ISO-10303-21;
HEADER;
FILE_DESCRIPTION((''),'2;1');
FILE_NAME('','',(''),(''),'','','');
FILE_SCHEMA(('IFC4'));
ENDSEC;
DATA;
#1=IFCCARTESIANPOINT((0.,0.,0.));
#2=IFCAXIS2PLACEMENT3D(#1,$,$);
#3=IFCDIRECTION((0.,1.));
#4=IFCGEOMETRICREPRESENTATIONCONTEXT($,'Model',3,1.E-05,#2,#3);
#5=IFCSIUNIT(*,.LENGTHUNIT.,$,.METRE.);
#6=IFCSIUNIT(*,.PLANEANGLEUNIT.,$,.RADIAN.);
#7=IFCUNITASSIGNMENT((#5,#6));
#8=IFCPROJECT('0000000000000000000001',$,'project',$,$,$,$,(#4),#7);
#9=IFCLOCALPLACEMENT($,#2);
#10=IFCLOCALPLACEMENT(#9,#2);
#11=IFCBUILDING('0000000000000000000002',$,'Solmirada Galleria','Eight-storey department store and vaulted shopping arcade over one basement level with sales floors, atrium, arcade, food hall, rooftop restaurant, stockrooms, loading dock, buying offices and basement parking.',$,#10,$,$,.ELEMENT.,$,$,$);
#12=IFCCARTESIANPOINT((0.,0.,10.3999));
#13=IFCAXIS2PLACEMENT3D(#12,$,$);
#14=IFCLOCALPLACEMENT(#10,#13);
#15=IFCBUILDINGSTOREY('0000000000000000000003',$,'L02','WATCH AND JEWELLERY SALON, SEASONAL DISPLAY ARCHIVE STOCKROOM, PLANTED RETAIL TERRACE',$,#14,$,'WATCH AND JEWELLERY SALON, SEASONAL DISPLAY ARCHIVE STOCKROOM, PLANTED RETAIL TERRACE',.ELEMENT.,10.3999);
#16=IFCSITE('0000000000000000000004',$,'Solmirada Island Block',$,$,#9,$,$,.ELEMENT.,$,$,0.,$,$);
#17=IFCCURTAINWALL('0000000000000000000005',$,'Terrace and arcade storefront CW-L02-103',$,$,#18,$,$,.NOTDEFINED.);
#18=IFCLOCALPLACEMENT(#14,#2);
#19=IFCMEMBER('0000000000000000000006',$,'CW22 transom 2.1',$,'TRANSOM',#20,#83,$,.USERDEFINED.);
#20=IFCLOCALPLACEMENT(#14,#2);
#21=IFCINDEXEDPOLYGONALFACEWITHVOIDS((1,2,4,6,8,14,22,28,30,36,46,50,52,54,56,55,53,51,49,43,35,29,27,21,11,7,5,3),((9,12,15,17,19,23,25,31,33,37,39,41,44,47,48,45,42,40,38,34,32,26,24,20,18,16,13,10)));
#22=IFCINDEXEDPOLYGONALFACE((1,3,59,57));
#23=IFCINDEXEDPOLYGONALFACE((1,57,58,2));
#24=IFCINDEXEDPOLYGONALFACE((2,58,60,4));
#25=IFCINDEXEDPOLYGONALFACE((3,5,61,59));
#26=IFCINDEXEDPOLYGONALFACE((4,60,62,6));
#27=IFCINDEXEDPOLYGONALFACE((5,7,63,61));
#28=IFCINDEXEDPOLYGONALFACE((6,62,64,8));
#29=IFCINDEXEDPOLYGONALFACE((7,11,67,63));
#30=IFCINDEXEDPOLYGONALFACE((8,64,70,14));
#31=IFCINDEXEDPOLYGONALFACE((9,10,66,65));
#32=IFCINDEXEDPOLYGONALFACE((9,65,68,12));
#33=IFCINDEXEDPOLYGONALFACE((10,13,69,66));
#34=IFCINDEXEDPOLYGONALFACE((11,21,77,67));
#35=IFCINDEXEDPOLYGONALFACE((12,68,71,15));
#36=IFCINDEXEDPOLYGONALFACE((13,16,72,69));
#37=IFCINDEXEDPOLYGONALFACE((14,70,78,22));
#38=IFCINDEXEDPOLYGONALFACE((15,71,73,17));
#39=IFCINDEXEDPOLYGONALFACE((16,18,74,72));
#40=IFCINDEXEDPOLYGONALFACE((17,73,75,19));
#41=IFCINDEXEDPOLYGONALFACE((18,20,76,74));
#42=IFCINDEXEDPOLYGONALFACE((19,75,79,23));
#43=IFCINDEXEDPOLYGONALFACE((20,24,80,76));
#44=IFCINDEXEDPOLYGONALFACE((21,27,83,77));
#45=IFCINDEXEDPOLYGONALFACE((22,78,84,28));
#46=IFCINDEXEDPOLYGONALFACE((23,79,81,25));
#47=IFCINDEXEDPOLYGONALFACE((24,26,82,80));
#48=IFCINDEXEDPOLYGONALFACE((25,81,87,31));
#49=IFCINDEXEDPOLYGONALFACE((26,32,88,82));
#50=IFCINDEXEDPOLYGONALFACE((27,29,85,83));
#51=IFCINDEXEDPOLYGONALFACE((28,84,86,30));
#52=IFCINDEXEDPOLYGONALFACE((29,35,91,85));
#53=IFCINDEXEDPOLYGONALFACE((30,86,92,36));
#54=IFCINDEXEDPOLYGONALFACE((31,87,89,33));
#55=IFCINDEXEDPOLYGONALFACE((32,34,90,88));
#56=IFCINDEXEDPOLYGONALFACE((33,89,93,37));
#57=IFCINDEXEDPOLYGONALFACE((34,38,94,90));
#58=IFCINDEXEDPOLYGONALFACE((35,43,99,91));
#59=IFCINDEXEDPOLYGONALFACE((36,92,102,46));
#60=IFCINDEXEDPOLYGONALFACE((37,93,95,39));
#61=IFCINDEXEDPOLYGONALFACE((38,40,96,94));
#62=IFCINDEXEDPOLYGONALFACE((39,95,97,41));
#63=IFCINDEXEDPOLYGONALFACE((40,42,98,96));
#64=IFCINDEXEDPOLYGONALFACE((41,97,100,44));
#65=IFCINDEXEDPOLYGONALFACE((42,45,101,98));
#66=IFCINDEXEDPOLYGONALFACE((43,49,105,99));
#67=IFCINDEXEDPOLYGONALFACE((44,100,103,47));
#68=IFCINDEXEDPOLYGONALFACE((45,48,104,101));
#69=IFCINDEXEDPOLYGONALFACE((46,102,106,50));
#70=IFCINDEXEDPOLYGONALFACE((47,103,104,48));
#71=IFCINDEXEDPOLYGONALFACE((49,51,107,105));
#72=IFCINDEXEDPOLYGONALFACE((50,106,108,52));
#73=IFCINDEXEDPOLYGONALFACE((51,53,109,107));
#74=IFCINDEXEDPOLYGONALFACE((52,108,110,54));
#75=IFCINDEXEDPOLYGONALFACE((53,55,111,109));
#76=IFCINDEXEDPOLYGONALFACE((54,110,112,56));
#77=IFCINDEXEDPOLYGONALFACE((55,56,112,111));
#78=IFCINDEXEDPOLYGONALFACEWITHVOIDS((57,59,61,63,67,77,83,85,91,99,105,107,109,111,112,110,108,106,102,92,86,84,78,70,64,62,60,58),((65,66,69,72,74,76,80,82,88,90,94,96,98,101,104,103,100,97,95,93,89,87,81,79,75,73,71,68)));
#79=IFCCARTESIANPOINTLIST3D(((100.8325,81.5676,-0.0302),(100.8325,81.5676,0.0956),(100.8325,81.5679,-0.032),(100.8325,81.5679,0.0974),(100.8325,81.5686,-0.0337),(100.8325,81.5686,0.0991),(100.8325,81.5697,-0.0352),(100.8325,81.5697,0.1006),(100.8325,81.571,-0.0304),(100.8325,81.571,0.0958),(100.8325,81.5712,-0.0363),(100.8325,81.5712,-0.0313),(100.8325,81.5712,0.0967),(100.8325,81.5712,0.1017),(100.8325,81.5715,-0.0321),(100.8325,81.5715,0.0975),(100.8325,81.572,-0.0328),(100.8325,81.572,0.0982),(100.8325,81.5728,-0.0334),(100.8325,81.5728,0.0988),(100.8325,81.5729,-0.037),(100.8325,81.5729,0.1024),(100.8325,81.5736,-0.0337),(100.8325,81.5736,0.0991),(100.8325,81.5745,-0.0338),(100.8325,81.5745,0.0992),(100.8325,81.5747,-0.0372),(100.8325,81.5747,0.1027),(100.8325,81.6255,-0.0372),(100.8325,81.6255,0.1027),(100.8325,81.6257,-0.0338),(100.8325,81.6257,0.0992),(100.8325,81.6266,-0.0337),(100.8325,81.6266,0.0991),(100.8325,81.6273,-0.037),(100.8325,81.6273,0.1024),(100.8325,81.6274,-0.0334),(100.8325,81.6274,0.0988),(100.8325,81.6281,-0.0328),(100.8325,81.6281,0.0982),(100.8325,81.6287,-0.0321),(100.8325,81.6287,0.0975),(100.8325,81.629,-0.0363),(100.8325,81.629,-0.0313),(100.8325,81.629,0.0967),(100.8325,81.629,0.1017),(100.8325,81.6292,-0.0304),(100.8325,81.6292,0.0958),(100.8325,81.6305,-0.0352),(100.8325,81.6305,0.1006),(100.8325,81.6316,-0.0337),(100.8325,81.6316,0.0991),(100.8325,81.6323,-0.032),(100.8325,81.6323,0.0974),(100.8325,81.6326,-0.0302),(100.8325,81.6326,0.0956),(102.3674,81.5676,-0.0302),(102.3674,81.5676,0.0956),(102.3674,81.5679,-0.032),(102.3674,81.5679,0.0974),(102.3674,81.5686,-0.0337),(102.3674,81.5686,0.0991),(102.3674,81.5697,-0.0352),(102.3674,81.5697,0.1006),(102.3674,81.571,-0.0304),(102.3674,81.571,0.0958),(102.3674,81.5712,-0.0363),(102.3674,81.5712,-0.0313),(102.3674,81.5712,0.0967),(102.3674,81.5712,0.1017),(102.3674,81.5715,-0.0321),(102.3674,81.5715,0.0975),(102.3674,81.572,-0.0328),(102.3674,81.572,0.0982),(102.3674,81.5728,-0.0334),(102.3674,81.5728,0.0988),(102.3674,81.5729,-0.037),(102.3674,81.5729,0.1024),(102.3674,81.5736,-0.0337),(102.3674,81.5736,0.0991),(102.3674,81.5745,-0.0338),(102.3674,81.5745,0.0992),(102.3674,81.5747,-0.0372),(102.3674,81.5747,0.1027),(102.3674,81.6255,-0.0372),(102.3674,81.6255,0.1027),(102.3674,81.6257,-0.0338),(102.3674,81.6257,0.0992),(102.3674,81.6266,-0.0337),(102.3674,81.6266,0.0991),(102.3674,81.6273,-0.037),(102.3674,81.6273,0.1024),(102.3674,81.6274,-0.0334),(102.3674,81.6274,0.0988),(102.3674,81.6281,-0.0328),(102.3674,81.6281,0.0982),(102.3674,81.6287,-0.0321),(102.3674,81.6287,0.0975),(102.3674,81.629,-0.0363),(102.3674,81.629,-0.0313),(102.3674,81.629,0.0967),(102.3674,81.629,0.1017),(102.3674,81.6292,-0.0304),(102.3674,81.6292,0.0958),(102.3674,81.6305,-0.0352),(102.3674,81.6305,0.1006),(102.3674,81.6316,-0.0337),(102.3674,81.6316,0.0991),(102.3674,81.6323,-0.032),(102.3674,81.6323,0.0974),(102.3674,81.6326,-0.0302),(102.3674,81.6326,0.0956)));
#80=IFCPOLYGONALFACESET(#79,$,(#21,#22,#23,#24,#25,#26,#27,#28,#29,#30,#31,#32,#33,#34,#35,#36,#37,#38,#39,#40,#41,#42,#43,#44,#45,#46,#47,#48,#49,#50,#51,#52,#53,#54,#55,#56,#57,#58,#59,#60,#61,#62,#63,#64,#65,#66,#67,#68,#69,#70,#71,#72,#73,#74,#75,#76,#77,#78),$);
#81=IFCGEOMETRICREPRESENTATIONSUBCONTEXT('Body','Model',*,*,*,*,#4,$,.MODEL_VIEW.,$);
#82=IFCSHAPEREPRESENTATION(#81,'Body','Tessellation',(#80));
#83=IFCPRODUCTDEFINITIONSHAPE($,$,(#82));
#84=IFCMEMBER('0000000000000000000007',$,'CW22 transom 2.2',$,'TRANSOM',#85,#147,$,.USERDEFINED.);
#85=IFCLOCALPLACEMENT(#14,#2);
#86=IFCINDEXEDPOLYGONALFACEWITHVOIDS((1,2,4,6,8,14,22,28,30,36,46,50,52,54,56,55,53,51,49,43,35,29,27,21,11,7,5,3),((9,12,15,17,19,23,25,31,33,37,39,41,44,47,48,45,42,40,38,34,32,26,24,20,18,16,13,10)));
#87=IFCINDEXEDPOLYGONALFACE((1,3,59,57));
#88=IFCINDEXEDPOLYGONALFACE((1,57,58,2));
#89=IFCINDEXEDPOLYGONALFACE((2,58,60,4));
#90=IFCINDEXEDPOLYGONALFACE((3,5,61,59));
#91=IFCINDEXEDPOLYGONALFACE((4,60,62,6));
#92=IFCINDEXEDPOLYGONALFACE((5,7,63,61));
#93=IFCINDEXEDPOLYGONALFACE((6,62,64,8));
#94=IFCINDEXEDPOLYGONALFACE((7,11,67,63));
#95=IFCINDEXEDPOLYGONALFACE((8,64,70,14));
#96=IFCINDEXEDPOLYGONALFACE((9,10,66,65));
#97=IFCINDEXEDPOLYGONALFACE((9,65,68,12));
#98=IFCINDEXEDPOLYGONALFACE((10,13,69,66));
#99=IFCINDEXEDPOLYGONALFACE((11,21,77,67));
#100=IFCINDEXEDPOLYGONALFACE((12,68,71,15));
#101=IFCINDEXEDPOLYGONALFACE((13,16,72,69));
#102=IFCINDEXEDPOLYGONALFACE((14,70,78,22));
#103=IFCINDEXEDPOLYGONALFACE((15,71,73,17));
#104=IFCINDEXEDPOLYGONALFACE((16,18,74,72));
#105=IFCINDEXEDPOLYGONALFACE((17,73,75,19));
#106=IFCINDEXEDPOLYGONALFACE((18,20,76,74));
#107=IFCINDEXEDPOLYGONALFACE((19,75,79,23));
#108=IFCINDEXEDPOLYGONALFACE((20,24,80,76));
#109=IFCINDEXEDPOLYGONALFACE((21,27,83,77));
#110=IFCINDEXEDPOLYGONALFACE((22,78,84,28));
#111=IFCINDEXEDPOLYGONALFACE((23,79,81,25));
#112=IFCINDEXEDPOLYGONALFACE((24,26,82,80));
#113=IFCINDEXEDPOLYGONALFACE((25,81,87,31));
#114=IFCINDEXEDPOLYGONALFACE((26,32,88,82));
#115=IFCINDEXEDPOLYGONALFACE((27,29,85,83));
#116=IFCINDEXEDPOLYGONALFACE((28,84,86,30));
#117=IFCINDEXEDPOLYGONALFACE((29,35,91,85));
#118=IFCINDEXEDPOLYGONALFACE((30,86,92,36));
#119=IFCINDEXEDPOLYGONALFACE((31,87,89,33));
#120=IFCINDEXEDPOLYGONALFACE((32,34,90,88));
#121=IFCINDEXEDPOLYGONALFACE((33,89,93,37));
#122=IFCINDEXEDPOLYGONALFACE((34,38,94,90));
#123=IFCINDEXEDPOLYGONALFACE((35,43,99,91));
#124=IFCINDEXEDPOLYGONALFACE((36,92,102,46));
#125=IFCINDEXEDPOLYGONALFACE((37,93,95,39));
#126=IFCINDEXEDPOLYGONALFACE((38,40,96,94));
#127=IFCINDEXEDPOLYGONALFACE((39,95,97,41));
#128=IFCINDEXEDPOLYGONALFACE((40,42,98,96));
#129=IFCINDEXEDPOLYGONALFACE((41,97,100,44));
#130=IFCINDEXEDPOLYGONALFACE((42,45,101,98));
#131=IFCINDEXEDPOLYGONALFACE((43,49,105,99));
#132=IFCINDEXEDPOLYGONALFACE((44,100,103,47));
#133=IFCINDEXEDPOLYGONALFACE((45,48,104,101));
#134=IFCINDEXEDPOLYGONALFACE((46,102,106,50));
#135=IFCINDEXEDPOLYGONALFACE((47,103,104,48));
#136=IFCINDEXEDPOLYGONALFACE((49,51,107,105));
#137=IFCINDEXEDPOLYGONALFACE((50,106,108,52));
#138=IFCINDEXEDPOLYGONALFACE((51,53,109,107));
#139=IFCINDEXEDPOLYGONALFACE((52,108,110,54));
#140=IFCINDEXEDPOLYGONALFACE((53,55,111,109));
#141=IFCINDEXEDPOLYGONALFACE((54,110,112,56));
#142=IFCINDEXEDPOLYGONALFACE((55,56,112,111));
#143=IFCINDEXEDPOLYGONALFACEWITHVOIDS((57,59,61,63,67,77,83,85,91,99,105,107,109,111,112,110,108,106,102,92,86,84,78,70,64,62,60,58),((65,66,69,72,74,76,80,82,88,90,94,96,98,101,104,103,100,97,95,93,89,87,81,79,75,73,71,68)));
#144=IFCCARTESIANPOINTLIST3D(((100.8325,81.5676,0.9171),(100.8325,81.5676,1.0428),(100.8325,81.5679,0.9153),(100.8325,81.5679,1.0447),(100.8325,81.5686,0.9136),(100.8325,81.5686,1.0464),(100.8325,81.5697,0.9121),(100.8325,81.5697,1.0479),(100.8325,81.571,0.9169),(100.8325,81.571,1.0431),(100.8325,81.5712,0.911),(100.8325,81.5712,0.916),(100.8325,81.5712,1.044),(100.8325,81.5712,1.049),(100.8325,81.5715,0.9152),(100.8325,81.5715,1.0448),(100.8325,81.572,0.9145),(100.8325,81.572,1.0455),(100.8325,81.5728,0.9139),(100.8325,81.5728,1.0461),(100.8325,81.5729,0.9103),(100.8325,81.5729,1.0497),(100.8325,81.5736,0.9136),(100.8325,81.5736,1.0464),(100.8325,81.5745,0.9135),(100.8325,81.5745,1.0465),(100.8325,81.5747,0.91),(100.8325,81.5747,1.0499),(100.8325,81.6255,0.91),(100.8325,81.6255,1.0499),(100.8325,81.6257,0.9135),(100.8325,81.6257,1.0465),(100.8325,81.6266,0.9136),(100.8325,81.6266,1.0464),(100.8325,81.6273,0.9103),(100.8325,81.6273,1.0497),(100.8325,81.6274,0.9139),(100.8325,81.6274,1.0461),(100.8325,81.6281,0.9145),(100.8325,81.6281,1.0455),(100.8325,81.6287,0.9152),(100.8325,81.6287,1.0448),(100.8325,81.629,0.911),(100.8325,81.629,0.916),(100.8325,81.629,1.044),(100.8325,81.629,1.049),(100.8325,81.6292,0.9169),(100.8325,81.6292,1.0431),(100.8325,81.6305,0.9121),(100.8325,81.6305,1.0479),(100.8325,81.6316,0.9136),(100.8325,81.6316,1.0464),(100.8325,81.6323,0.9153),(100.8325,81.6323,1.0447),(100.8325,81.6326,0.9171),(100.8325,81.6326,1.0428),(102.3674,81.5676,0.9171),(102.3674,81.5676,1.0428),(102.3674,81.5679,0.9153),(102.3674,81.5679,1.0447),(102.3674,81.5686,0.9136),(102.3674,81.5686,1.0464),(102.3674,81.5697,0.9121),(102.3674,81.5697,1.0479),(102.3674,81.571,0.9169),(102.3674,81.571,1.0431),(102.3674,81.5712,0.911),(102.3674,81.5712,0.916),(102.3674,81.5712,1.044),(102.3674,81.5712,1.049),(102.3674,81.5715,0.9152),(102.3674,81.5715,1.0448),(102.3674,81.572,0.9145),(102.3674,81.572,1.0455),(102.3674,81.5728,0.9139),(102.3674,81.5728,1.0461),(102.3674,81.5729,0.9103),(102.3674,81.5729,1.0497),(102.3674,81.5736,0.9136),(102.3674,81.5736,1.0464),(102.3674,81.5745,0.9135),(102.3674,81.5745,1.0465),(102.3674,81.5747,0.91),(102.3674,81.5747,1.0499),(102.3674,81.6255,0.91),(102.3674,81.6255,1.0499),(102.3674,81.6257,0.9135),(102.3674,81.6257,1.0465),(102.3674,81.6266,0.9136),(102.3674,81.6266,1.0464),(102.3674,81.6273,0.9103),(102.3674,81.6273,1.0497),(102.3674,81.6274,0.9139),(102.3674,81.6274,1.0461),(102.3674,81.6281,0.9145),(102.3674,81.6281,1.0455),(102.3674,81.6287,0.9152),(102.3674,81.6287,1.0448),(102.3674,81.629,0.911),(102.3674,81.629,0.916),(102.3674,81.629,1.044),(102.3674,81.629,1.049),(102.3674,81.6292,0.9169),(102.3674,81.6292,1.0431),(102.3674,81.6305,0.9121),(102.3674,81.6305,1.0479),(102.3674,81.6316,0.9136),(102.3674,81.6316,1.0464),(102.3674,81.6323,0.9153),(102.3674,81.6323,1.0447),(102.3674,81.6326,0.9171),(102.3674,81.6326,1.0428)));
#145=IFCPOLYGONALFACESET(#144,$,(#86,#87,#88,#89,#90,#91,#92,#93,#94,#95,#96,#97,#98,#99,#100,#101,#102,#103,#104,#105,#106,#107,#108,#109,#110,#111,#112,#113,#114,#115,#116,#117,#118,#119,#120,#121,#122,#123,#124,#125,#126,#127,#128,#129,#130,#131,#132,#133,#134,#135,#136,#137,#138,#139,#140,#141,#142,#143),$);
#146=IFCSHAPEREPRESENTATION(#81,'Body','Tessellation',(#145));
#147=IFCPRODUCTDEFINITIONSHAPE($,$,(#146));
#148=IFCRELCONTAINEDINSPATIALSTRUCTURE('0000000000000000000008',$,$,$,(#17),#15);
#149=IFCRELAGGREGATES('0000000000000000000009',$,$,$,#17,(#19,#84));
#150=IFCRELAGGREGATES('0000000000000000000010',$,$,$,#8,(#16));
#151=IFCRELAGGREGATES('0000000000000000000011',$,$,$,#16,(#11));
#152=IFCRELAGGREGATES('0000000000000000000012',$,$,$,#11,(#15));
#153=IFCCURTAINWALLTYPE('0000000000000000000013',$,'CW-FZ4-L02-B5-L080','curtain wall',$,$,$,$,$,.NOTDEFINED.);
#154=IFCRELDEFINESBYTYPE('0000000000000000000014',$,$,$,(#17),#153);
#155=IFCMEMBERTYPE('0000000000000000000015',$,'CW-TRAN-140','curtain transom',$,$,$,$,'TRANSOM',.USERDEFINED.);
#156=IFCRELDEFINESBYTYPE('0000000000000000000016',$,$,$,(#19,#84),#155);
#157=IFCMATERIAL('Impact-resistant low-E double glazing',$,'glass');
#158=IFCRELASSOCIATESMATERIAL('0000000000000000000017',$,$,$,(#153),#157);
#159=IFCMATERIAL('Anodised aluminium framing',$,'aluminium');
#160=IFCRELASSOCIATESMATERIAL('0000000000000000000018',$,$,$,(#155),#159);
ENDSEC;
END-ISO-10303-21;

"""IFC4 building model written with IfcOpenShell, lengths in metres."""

from ifc_helpers import new_model, si_unit, direction, frame, origin, origin_2d, place, context, subcontext, project, spatial, hollow_rectangle, extrude, material, material_profile, profile_set, type_object, element, aggregate, save


model = new_model("IFC4")

# Units and contexts
model_context = context("Model", 3, precision=1e-05, world=origin(), true_north=direction((0.0, 1.0)))
body_context = subcontext(model_context, "Body", "Model", "MODEL_VIEW")
ifc_project = project(units=[si_unit("LENGTHUNIT", "METRE"), si_unit("PLANEANGLEUNIT", "RADIAN")], contexts=[model_context])

# Site, building, storey
site_placement = place(None, origin())
site = spatial("IfcSite", under=ifc_project, at=site_placement, Name="Solmirada Island Block", CompositionType="ELEMENT", RefElevation=0.0)
building_placement = place(site_placement, origin())
building = spatial("IfcBuilding", under=site, at=building_placement, Name="Solmirada Galleria", Description="Eight-storey department store and vaulted shopping arcade over one basement level with sales floors, atrium, arcade, food hall, rooftop restaurant, stockrooms, loading dock, buying offices and basement parking.", CompositionType="ELEMENT")
storey_placement = place(building_placement, frame((0.0, 0.0, 10.3999)))
storey = spatial("IfcBuildingStorey", under=building, at=storey_placement, Name="L02", Description="WATCH AND JEWELLERY SALON, SEASONAL DISPLAY ARCHIVE STOCKROOM, PLANTED RETAIL TERRACE", LongName="WATCH AND JEWELLERY SALON, SEASONAL DISPLAY ARCHIVE STOCKROOM, PLANTED RETAIL TERRACE", CompositionType="ELEMENT", Elevation=10.3999)

# Curtain wall, members
ifc_material_1 = material(Name="Impact-resistant low-E double glazing", Category="glass")
curtain_wall_type = type_object("IfcCurtainWallType", Name="CW-FZ4-L02-B5-L080", Description="curtain wall", PredefinedType="NOTDEFINED", material=ifc_material_1)
curtain_wall_placement = place(storey_placement, origin())
curtain_wall = element("IfcCurtainWall", 1, at=curtain_wall_placement, inside=storey, type_object=curtain_wall_type, Name="Terrace and arcade storefront CW-L02-103", PredefinedType="NOTDEFINED")
ifc_material_2 = material(Name="Anodised aluminium framing", Category="aluminium")
ifc_material_profile_1 = material_profile(ifc_material_2, hollow_rectangle(XDim=0.0649, YDim=0.1399, WallThickness=0.0034, InnerFilletRadius=0.0034, OuterFilletRadius=0.0071, at=origin_2d()), Name="ALU-TRAN-140X65")
ifc_profile_set_1 = profile_set([ifc_material_profile_1], Name="Anodised aluminium framing")
member_type_1 = type_object("IfcMemberType", Name="CW-TRAN-140", Description="curtain transom", ElementType="TRANSOM", PredefinedType="USERDEFINED", material=ifc_profile_set_1)
member_1_placement = place(storey_placement, frame((102.3674, 81.6001, 0.0327), z_axis=(-1.0, 0.0, 0.0), x_axis=(0.0, -1.0, 0.0)))
member_1 = element("IfcMember", 2, at=member_1_placement, type_object=member_type_1, Name="CW22 transom 2.1", ObjectType="TRANSOM", PredefinedType="USERDEFINED", context=body_context, shape_type="SweptSolid", body=[
    extrude(hollow_rectangle(XDim=0.0649, YDim=0.1399, WallThickness=0.0034, InnerFilletRadius=0.0034, OuterFilletRadius=0.0071, at=origin_2d()), origin(), (0.0, 0.0, 1.0), 1.5349),
])
member_2_placement = place(storey_placement, frame((102.3674, 81.6001, 0.98), z_axis=(-1.0, 0.0, 0.0), x_axis=(0.0, -1.0, 0.0)))
member_2 = element("IfcMember", 3, at=member_2_placement, type_object=member_type_1, Name="CW22 transom 2.2", ObjectType="TRANSOM", PredefinedType="USERDEFINED", context=body_context, shape_type="SweptSolid", body=[
    extrude(hollow_rectangle(XDim=0.0649, YDim=0.1399, WallThickness=0.0034, InnerFilletRadius=0.0034, OuterFilletRadius=0.0071, at=origin_2d()), origin(), (0.0, 0.0, 1.0), 1.5349),
])
aggregate(curtain_wall, [member_1, member_2])

save(model, "model.ifc")
